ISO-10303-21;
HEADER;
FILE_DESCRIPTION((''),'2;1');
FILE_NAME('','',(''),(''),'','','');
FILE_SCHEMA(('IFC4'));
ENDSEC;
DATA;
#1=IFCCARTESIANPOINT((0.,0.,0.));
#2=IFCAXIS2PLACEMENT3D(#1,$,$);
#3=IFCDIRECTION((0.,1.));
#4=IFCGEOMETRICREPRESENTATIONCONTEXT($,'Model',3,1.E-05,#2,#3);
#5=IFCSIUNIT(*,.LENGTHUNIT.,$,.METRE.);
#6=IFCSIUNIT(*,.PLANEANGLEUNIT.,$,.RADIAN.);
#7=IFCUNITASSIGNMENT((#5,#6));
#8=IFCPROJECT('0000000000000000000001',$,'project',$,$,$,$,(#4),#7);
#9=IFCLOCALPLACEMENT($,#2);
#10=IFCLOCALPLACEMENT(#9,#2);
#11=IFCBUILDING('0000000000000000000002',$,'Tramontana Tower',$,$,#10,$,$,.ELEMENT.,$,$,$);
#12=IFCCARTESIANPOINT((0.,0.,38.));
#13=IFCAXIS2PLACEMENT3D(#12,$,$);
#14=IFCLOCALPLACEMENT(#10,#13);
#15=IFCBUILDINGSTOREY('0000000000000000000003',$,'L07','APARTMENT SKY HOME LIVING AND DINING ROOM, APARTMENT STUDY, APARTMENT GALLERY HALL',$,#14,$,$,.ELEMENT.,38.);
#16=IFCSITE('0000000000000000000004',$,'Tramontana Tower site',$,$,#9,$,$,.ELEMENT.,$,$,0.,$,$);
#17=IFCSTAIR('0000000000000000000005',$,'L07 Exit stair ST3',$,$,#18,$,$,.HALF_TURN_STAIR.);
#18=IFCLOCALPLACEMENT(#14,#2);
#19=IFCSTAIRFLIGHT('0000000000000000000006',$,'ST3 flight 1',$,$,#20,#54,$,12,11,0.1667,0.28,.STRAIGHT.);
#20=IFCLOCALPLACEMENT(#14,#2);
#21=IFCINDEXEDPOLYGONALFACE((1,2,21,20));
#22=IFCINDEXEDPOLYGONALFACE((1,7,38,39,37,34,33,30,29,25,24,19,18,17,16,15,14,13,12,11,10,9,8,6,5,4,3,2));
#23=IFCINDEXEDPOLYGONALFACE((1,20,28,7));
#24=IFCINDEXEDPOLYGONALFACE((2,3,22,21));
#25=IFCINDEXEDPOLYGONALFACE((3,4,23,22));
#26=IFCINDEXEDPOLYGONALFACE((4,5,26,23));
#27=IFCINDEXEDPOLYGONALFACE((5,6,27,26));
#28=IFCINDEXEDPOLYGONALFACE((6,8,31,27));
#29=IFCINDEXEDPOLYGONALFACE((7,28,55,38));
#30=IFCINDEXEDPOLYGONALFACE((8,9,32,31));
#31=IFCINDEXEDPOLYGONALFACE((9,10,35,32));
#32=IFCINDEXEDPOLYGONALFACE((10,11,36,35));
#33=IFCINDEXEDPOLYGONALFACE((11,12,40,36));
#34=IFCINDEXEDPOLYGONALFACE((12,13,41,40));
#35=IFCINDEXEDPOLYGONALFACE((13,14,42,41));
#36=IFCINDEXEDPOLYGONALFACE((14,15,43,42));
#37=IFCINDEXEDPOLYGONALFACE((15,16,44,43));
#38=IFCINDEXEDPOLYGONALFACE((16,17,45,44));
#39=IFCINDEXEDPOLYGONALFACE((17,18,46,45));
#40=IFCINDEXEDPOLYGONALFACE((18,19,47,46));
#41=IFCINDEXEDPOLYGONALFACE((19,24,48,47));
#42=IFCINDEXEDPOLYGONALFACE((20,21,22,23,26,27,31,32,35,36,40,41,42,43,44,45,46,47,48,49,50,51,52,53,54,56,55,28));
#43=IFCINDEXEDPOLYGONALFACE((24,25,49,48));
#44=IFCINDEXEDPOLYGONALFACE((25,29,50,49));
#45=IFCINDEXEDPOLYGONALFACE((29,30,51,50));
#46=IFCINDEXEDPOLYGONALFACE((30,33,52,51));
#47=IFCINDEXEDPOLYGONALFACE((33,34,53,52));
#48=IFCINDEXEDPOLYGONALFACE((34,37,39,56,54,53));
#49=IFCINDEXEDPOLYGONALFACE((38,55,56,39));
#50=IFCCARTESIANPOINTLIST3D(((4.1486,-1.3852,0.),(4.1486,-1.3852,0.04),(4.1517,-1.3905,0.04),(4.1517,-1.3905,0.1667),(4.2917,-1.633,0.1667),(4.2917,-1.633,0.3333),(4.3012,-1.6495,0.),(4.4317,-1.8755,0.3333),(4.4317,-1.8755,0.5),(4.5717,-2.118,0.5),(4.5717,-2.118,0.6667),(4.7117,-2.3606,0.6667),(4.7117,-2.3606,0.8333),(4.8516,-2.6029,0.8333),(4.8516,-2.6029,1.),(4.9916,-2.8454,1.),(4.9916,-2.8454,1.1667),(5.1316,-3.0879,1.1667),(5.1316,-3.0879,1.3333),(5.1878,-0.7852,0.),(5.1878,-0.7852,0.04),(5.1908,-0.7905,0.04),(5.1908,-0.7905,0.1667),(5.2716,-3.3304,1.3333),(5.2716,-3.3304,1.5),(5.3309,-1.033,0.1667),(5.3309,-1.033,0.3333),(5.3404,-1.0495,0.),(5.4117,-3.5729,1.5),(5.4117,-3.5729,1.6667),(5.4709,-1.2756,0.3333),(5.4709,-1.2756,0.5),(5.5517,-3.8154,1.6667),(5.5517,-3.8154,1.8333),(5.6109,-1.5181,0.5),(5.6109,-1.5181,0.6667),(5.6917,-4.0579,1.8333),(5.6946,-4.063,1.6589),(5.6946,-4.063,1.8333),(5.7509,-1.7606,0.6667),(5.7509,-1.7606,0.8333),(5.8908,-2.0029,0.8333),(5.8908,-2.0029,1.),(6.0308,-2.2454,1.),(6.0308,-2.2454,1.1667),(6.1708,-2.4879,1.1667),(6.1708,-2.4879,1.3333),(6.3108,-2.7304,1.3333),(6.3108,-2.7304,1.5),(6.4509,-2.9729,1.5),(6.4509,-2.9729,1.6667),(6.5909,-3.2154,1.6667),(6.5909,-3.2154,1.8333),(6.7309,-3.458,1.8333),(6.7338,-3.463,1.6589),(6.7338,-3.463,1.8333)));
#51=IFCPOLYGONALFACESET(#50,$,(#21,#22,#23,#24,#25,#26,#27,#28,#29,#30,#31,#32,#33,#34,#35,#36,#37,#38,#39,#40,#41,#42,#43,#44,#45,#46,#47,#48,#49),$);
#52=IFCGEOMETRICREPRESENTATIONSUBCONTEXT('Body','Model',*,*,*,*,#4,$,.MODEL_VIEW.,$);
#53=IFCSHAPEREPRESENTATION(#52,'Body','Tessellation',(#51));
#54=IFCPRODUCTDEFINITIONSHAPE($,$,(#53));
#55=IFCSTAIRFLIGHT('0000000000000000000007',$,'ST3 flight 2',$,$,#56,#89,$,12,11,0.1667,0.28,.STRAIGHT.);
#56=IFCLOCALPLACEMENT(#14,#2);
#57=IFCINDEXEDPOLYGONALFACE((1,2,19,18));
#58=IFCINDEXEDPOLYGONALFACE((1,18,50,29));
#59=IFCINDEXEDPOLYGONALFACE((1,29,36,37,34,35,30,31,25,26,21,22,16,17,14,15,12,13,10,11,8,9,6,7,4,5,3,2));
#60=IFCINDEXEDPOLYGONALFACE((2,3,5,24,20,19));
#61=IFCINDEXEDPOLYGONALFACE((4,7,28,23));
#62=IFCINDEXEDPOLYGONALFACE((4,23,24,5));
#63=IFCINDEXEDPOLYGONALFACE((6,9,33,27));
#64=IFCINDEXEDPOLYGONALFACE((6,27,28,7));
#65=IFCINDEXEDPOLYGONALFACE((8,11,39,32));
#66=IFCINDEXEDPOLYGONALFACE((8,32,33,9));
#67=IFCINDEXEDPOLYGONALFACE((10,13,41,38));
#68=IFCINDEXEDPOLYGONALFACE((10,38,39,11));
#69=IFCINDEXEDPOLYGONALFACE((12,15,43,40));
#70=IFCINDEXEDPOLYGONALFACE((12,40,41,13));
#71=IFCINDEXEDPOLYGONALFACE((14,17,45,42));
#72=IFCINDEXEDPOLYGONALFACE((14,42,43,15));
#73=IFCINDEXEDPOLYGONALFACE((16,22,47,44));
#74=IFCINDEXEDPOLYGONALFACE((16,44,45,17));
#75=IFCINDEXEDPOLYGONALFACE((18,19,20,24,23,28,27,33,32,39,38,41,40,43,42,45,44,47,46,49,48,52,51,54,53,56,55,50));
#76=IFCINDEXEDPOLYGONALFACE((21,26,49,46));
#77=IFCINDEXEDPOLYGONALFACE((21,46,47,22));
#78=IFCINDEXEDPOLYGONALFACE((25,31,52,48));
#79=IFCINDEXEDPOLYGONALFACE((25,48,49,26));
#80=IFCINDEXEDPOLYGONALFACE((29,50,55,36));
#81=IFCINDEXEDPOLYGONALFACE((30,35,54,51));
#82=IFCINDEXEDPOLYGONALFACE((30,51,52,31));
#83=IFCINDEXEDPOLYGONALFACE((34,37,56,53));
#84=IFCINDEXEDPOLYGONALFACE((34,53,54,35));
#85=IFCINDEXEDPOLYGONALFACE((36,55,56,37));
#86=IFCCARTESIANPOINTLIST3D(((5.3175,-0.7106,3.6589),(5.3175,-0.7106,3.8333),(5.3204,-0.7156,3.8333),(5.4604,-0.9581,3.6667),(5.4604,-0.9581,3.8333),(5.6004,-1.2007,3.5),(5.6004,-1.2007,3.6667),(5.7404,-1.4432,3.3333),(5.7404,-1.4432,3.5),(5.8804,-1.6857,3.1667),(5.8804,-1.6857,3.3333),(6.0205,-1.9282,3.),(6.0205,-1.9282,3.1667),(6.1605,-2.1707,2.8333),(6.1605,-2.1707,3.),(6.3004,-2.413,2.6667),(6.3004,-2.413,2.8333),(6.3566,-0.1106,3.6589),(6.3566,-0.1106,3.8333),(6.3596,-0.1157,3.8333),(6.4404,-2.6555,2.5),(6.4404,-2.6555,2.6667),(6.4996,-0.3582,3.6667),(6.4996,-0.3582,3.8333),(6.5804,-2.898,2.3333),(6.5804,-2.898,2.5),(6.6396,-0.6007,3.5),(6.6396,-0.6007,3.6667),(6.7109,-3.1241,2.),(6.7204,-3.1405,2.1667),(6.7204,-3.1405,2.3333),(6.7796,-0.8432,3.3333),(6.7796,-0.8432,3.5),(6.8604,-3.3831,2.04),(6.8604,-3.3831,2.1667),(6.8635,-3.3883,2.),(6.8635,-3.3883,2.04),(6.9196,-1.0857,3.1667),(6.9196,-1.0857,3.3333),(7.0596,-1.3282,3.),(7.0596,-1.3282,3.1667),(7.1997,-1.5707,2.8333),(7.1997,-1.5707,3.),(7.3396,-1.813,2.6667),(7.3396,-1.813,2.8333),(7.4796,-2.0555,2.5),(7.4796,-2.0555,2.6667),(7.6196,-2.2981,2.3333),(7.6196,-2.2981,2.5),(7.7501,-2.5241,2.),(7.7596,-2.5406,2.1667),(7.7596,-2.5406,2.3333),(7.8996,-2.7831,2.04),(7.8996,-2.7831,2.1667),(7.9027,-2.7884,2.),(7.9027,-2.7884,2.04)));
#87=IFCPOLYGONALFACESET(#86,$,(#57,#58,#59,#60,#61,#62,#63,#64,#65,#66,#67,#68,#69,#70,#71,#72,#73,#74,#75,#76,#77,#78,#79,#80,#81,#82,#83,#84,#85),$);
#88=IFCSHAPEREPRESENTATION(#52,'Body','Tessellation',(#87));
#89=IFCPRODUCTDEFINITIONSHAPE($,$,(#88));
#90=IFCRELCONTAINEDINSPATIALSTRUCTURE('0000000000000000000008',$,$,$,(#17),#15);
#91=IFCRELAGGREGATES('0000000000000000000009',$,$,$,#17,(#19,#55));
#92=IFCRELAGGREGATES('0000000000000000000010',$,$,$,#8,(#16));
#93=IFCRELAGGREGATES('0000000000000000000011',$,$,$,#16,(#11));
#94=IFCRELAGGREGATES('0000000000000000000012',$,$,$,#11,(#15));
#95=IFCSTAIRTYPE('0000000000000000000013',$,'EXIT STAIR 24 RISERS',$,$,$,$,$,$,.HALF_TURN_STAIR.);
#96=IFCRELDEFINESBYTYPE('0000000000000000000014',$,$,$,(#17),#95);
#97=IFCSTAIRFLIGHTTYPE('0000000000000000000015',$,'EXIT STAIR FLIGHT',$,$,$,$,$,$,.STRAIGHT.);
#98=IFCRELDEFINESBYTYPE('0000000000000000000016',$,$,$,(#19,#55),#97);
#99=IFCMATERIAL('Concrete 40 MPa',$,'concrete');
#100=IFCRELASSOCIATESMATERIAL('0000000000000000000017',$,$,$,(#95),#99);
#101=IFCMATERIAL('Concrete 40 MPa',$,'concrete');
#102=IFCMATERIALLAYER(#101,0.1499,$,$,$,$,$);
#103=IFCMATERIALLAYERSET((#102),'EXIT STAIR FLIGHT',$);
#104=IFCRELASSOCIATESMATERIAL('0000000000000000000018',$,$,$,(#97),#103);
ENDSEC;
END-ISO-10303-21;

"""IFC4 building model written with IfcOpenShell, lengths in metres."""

from ifc_helpers import new_model, si_unit, direction, frame, origin, place, context, subcontext, project, spatial, polyline, outline, extrude, material, layer, layer_set, type_object, element, aggregate, save


model = new_model("IFC4")

# Units and contexts
model_context = context("Model", 3, precision=1e-05, world=origin(), true_north=direction((0.0, 1.0)))
body_context = subcontext(model_context, "Body", "Model", "MODEL_VIEW")
ifc_project = project(units=[si_unit("LENGTHUNIT", "METRE"), si_unit("PLANEANGLEUNIT", "RADIAN")], contexts=[model_context])

# Site, building, storey
site_placement = place(None, origin())
site = spatial("IfcSite", under=ifc_project, at=site_placement, Name="Tramontana Tower site", CompositionType="ELEMENT", RefElevation=0.0)
building_placement = place(site_placement, origin())
building = spatial("IfcBuilding", under=site, at=building_placement, Name="Tramontana Tower", CompositionType="ELEMENT")
storey_placement = place(building_placement, frame((0.0, 0.0, 38.0)))
storey = spatial("IfcBuildingStorey", under=building, at=storey_placement, Name="L07", Description="APARTMENT SKY HOME LIVING AND DINING ROOM, APARTMENT STUDY, APARTMENT GALLERY HALL", CompositionType="ELEMENT", Elevation=38.0)

# Stair, stair flights
ifc_material_1 = material(Name="Concrete 40 MPa", Category="concrete")
stair_type = type_object("IfcStairType", Name="EXIT STAIR 24 RISERS", PredefinedType="HALF_TURN_STAIR", material=ifc_material_1)
stair_placement = place(storey_placement, origin())
stair = element("IfcStair", 1, at=stair_placement, inside=storey, type_object=stair_type, Name="L07 Exit stair ST3", PredefinedType="HALF_TURN_STAIR")
ifc_material_2 = material(Name="Concrete 40 MPa", Category="concrete")
ifc_layer_1 = layer(ifc_material_2, 0.1499)
ifc_layer_set_1 = layer_set([ifc_layer_1], Name="EXIT STAIR FLIGHT")
stair_flight_type = type_object("IfcStairFlightType", Name="EXIT STAIR FLIGHT", PredefinedType="STRAIGHT", material=ifc_layer_set_1)
stair_flight_1_placement = place(storey_placement, frame((4.6711, -1.0906, 0.0), z_axis=(0.0, 0.0, 1.0), x_axis=(0.5, -0.866025, 0.0)))
stair_flight_1 = element("IfcStairFlight", 2, at=stair_flight_1_placement, type_object=stair_flight_type, Name="ST3 flight 1", NumberOfRisers=12, NumberOfTreads=11, PredefinedType="STRAIGHT", RiserHeight=0.1667, TreadLength=0.28, context=body_context, shape_type="SweptSolid", body=[
    extrude(outline(polyline([(-0.0061, 0.0), (-0.0061, 0.04), (0.0, 0.04), (0.0, 0.1667), (0.28, 0.1667), (0.28, 0.3333), (0.5601, 0.3333), (0.5601, 0.5), (0.8401, 0.5), (0.8401, 0.6667), (1.1201, 0.6667), (1.1201, 0.8333), (1.3999, 0.8333), (1.3999, 1.0), (1.6799, 1.0), (1.6799, 1.1667), (1.96, 1.1667), (1.96, 1.3333), (2.24, 1.3333), (2.24, 1.5), (2.52, 1.5), (2.52, 1.6667), (2.8, 1.6667), (2.8, 1.8333), (3.0801, 1.8333), (3.0859, 1.8333), (3.0859, 1.6589), (0.2991, 0.0), (-0.0061, 0.0)])), frame((0.0, 0.6001, 0.0), z_axis=(0.0, -1.0, 0.0), x_axis=(1.0, 0.0, 0.0)), (0.0, 0.0, 1.0), 1.2),
])
stair_flight_2_placement = place(storey_placement, frame((7.3801, -3.083, 2.0), z_axis=(0.0, 0.0, 1.0), x_axis=(-0.5, 0.866025, 0.0)))
stair_flight_2 = element("IfcStairFlight", 3, at=stair_flight_2_placement, type_object=stair_flight_type, Name="ST3 flight 2", NumberOfRisers=12, NumberOfTreads=11, PredefinedType="STRAIGHT", RiserHeight=0.1667, TreadLength=0.28, context=body_context, shape_type="SweptSolid", body=[
    extrude(outline(polyline([(-0.0061, 0.0), (-0.0061, 0.04), (0.0, 0.04), (0.0, 0.1667), (0.28, 0.1667), (0.28, 0.3333), (0.5601, 0.3333), (0.5601, 0.5), (0.8401, 0.5), (0.8401, 0.6667), (1.1201, 0.6667), (1.1201, 0.8333), (1.3999, 0.8333), (1.3999, 1.0), (1.6799, 1.0), (1.6799, 1.1667), (1.96, 1.1667), (1.96, 1.3333), (2.24, 1.3333), (2.24, 1.5), (2.52, 1.5), (2.52, 1.6667), (2.8, 1.6667), (2.8, 1.8333), (3.0801, 1.8333), (3.0859, 1.8333), (3.0859, 1.6589), (0.2991, 0.0), (-0.0061, 0.0)])), frame((0.0, 0.6001, 0.0), z_axis=(0.0, -1.0, 0.0), x_axis=(1.0, 0.0, 0.0)), (0.0, 0.0, 1.0), 1.2),
])
aggregate(stair, [stair_flight_1, stair_flight_2])

save(model, "model.ifc")
